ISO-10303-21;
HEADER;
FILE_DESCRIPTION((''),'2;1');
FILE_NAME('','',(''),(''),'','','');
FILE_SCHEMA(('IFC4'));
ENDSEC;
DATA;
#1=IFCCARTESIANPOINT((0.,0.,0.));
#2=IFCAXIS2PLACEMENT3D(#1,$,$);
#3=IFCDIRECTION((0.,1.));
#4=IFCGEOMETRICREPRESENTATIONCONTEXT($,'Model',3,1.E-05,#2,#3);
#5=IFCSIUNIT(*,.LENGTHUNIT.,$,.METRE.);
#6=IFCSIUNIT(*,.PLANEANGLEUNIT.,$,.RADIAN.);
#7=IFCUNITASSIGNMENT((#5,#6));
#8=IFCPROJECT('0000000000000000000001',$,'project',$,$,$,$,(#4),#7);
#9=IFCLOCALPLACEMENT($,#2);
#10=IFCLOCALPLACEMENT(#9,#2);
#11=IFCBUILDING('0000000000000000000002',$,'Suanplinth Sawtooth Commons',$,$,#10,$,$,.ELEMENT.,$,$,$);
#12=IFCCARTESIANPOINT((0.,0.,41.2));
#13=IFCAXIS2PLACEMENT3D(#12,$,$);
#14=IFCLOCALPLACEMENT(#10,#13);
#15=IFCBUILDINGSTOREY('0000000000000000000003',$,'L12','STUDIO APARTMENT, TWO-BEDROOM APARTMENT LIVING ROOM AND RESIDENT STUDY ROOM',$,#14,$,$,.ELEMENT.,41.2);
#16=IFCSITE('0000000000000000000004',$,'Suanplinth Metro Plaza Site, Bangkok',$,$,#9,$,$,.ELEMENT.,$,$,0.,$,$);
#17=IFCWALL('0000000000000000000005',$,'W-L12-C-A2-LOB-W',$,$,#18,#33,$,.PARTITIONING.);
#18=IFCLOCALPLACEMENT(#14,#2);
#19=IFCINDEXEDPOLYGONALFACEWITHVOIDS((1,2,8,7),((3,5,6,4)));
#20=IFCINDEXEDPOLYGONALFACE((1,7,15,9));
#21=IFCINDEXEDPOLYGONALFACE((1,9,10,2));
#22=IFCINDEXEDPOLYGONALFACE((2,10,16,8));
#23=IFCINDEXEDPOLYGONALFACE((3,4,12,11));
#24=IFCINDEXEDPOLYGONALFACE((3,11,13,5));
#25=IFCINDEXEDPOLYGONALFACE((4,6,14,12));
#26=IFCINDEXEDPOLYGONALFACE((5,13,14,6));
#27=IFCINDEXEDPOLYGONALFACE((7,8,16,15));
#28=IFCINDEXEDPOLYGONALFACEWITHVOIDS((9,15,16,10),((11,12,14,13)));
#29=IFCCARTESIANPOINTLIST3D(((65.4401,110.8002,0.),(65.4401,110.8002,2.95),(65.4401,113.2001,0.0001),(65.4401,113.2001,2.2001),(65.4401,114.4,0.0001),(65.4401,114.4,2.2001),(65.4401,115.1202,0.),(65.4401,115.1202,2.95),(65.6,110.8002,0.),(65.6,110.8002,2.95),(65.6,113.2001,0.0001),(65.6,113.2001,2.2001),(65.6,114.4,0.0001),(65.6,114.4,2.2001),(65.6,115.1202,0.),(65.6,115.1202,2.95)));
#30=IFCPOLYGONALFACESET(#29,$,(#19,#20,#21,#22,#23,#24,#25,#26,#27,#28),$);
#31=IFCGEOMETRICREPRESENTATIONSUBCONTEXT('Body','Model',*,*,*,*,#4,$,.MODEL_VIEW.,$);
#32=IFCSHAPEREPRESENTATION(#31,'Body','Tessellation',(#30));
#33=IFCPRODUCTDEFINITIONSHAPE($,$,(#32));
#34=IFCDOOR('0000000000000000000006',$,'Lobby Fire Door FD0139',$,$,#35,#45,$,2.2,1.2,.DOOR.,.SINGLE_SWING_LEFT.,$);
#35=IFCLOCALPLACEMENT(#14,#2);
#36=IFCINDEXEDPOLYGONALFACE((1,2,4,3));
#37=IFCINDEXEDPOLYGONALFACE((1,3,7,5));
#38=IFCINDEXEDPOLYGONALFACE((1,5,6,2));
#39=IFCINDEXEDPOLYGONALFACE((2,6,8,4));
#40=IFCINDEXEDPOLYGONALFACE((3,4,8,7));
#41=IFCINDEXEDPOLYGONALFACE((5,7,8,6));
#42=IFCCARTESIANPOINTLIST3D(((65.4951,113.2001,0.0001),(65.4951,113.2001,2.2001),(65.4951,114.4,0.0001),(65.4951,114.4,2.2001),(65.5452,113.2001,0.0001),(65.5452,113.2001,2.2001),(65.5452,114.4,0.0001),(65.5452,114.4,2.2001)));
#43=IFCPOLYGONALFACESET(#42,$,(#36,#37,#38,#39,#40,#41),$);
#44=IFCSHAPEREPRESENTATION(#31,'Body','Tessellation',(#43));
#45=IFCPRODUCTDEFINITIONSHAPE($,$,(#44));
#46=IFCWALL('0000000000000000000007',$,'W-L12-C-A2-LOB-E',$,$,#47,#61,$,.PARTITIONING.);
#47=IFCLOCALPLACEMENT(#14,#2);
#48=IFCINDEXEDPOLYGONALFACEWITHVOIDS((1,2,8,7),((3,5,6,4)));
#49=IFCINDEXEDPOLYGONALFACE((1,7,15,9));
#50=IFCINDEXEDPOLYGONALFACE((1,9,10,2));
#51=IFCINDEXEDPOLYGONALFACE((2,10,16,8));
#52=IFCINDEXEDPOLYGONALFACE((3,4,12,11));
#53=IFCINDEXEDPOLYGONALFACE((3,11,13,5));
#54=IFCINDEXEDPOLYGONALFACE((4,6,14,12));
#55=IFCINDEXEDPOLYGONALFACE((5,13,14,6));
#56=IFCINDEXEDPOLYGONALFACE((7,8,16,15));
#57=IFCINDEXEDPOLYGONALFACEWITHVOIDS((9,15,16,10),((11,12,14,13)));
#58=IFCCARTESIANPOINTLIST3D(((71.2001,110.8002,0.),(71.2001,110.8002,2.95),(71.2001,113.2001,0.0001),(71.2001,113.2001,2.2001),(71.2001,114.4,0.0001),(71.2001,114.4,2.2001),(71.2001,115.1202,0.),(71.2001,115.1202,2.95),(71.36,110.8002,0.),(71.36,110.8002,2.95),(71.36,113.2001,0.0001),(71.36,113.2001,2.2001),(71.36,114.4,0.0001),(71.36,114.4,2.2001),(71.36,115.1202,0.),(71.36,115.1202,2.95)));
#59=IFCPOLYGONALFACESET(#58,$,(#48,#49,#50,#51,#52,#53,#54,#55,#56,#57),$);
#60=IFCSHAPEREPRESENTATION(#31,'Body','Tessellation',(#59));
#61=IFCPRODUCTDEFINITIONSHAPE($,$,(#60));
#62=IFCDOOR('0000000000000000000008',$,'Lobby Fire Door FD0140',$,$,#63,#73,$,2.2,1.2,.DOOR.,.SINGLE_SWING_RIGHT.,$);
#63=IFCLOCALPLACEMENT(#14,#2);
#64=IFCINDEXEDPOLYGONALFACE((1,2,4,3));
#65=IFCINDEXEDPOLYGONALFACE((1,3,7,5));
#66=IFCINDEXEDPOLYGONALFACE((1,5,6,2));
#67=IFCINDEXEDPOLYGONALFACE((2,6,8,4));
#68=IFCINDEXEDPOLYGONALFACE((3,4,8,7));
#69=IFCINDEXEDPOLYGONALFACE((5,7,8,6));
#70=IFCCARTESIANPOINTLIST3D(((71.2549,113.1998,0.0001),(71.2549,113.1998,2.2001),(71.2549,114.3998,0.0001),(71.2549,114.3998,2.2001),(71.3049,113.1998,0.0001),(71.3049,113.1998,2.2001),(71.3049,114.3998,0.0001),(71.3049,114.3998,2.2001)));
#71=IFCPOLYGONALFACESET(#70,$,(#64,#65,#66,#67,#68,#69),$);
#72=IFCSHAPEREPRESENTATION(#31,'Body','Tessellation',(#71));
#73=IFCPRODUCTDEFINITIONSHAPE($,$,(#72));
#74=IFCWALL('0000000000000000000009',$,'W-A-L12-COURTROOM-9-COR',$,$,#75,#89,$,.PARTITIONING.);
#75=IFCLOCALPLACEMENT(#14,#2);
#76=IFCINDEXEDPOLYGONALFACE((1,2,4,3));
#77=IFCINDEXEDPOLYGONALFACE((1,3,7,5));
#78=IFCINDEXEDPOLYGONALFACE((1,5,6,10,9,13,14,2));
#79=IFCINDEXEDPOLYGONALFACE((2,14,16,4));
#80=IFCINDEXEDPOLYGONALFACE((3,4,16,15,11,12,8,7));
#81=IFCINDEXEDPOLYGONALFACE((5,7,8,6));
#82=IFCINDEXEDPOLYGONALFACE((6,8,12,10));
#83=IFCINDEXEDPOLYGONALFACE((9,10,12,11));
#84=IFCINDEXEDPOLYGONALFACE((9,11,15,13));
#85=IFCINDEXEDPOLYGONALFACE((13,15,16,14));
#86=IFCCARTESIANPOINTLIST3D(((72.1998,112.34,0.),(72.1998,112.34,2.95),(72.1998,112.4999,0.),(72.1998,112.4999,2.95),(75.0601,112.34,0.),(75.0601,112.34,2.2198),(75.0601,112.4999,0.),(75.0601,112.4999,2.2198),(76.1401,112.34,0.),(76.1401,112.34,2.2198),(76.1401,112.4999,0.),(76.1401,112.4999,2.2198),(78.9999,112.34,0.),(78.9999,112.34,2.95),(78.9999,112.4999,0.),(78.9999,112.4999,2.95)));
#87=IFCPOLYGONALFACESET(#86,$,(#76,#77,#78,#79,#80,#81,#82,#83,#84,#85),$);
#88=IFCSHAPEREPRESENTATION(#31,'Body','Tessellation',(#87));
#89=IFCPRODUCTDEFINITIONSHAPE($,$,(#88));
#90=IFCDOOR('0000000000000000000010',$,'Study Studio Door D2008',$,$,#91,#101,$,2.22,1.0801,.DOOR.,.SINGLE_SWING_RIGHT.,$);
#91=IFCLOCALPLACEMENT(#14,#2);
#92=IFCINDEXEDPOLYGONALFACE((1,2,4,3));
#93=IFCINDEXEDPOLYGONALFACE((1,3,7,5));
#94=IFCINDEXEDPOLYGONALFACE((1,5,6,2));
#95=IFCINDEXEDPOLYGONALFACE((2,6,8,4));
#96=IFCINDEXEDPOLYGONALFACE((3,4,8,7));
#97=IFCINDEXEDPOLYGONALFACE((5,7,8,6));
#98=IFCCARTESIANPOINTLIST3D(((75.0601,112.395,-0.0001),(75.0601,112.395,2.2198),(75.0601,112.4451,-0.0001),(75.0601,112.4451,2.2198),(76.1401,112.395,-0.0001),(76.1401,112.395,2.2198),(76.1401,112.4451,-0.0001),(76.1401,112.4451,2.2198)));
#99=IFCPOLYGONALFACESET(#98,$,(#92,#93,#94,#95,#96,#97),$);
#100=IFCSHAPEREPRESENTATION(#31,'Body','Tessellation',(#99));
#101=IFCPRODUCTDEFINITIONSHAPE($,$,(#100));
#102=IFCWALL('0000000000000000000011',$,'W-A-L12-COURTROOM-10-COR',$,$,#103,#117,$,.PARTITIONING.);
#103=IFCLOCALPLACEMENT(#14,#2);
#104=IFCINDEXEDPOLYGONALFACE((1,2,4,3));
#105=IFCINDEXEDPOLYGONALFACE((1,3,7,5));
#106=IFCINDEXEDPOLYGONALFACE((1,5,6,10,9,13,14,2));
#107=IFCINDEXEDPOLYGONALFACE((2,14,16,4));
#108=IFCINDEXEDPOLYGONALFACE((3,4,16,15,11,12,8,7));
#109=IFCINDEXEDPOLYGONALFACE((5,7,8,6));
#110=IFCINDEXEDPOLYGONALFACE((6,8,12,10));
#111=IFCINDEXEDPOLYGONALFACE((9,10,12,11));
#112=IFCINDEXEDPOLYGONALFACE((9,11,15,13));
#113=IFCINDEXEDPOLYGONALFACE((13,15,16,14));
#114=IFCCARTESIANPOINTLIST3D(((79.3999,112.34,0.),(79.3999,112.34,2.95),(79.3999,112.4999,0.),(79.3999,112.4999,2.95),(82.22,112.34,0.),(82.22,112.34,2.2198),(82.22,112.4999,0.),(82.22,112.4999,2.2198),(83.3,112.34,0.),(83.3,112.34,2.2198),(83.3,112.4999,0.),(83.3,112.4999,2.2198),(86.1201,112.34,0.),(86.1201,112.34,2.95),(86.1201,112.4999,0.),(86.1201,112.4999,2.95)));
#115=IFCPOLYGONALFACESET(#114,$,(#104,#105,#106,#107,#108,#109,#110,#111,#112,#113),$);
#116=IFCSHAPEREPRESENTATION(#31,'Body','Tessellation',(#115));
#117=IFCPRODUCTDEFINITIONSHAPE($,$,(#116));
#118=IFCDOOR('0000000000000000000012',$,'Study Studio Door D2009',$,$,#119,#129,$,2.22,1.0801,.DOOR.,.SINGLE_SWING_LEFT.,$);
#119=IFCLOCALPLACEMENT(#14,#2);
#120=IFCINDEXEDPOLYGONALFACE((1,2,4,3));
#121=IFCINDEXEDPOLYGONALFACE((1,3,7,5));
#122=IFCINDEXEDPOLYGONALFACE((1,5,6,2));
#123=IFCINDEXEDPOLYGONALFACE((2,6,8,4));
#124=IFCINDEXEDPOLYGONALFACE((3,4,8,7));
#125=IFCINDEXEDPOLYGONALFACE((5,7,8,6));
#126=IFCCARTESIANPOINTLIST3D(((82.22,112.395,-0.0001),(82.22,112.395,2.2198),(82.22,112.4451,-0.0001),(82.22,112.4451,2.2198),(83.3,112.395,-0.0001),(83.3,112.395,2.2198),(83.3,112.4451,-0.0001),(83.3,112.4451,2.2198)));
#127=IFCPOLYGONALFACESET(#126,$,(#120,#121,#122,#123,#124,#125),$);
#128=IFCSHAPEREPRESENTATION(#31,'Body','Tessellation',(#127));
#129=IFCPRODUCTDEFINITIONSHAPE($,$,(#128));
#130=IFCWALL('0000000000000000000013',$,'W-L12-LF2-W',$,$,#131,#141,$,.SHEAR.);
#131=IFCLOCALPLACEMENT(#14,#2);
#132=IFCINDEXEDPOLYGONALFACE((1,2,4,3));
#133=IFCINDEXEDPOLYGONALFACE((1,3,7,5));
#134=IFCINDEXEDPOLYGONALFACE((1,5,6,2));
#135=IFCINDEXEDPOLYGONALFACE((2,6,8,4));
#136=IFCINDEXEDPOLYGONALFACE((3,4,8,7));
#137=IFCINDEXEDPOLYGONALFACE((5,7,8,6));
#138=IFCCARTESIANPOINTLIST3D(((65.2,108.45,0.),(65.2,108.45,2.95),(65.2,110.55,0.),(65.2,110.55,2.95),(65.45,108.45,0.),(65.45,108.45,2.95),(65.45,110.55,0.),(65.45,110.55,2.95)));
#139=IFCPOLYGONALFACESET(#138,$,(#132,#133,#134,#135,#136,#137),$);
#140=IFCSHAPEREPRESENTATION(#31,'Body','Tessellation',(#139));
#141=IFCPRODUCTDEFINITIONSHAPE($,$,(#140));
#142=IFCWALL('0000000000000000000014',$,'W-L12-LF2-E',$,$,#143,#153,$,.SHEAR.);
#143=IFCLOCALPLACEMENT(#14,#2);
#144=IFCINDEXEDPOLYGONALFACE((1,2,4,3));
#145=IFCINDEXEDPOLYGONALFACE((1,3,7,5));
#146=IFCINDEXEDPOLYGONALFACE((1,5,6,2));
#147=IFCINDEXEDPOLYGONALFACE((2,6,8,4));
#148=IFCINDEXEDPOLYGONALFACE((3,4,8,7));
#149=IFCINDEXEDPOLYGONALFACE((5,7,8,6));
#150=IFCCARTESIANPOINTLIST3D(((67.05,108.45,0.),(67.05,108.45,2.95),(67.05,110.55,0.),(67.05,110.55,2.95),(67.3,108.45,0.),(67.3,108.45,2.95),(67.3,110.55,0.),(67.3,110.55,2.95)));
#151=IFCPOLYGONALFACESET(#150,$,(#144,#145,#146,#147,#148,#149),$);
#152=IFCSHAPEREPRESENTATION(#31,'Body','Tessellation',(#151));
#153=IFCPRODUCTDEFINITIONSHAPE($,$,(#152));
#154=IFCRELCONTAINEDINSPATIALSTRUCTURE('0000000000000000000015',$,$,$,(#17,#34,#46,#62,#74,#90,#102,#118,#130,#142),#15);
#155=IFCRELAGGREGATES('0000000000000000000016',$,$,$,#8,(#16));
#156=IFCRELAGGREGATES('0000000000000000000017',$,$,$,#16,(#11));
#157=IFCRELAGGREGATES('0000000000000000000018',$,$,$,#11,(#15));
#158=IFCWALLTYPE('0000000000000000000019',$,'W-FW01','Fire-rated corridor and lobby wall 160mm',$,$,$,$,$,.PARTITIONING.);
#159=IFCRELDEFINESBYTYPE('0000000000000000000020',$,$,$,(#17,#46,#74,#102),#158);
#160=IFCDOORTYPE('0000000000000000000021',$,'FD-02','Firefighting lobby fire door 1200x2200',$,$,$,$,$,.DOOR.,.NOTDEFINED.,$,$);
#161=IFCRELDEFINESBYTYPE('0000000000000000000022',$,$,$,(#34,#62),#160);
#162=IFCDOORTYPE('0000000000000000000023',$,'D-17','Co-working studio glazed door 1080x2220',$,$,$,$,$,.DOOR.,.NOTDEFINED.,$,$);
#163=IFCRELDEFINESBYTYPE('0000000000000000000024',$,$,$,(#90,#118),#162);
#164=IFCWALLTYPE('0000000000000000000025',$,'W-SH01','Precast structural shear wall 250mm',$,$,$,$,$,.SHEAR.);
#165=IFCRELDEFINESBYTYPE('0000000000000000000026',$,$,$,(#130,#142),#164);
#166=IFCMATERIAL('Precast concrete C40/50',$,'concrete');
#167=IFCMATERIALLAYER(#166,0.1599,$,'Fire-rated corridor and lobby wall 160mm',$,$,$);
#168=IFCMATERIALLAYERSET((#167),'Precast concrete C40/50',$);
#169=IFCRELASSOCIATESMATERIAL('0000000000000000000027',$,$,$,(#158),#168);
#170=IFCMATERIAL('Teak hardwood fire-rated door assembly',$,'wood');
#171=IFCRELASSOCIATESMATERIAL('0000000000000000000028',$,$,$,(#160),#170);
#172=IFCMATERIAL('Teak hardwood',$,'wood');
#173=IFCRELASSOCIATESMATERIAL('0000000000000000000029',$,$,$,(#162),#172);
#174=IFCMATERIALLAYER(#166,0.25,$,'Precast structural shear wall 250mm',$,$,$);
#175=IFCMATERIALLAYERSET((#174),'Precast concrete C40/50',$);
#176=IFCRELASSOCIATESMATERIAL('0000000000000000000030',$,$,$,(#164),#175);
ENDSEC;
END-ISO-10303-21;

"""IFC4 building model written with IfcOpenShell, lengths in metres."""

from ifc_helpers import new_model, si_unit, direction, frame, frame_2d, origin, place, context, subcontext, project, spatial, rectangle, extrude, material, layer, layer_set, type_object, element, fill, save


model = new_model("IFC4")

# Units and contexts
model_context = context("Model", 3, precision=1e-05, world=origin(), true_north=direction((0.0, 1.0)))
body_context = subcontext(model_context, "Body", "Model", "MODEL_VIEW")
ifc_project = project(units=[si_unit("LENGTHUNIT", "METRE"), si_unit("PLANEANGLEUNIT", "RADIAN")], contexts=[model_context])

# Site, building, storey
site_placement = place(None, origin())
site = spatial("IfcSite", under=ifc_project, at=site_placement, Name="Suanplinth Metro Plaza Site, Bangkok", CompositionType="ELEMENT", RefElevation=0.0)
building_placement = place(site_placement, origin())
building = spatial("IfcBuilding", under=site, at=building_placement, Name="Suanplinth Sawtooth Commons", CompositionType="ELEMENT")
storey_placement = place(building_placement, frame((0.0, 0.0, 41.2)))
storey = spatial("IfcBuildingStorey", under=building, at=storey_placement, Name="L12", Description="STUDIO APARTMENT, TWO-BEDROOM APARTMENT LIVING ROOM AND RESIDENT STUDY ROOM", CompositionType="ELEMENT", Elevation=41.2)

# Shared definitions
ifc_material_1 = material(Name="Precast concrete C40/50", Category="concrete")

# Walls, openings, doors
ifc_layer_1 = layer(ifc_material_1, 0.1599, Name="Fire-rated corridor and lobby wall 160mm")
ifc_layer_set_1 = layer_set([ifc_layer_1], Name="Precast concrete C40/50")
wall_type_1 = type_object("IfcWallType", Name="W-FW01", Description="Fire-rated corridor and lobby wall 160mm", PredefinedType="PARTITIONING", material=ifc_layer_set_1)
wall_1_placement = place(storey_placement, frame((65.52, 110.8, 0.0), z_axis=(0.0, 0.0, 1.0), x_axis=(0.0, 1.0, 0.0)))
wall_1 = element("IfcWall", 1, at=wall_1_placement, inside=storey, type_object=wall_type_1, Name="W-L12-C-A2-LOB-W", PredefinedType="PARTITIONING", context=body_context, shape_type="SweptSolid", body=[
    extrude(rectangle(XDim=4.3201, YDim=0.1599, at=frame_2d((2.1602, 0.0))), origin(), (0.0, 0.0, 1.0), 2.95),
])
opening_1_placement = place(wall_1_placement, frame((2.3999, 0.0, 0.0)))
opening_1 = element("IfcOpeningElement", 2, at=opening_1_placement, cuts=wall_1, PredefinedType="OPENING", context=body_context, shape_type="SweptSolid", body=[
    extrude(rectangle(XDim=1.2, YDim=2.2, at=frame_2d((0.6001, 1.1001))), frame((0.0, 0.0947, 0.0), z_axis=(0.0, -1.0, 0.0), x_axis=(1.0, 0.0, 0.0)), (0.0, 0.0, 1.0), 0.1897),
])
ifc_material_2 = material(Name="Teak hardwood fire-rated door assembly", Category="wood")
door_type_1 = type_object("IfcDoorType", Name="FD-02", Description="Firefighting lobby fire door 1200x2200", OperationType="NOTDEFINED", PredefinedType="DOOR", material=ifc_material_2)
door_1_placement = place(opening_1_placement, origin())
door_1 = element("IfcDoor", 3, at=door_1_placement, inside=storey, type_object=door_type_1, Name="Lobby Fire Door FD0139", OperationType="SINGLE_SWING_LEFT", OverallHeight=2.2, OverallWidth=1.2, PredefinedType="DOOR", context=body_context, shape_type="SweptSolid", body=[
    extrude(rectangle(XDim=1.2, YDim=2.2, at=frame_2d((0.6001, 1.1001))), frame((0.0, 0.0249, 0.0), z_axis=(0.0, -1.0, 0.0), x_axis=(1.0, 0.0, 0.0)), (0.0, 0.0, 1.0), 0.05),
])
fill(opening_1, door_1)
wall_2_placement = place(storey_placement, frame((71.28, 110.8, 0.0), z_axis=(0.0, 0.0, 1.0), x_axis=(0.0, 1.0, 0.0)))
wall_2 = element("IfcWall", 4, at=wall_2_placement, inside=storey, type_object=wall_type_1, Name="W-L12-C-A2-LOB-E", PredefinedType="PARTITIONING", context=body_context, shape_type="SweptSolid", body=[
    extrude(rectangle(XDim=4.3201, YDim=0.1599, at=frame_2d((2.1602, 0.0))), origin(), (0.0, 0.0, 1.0), 2.95),
])
opening_2_placement = place(wall_2_placement, frame((2.3999, 0.0, 0.0)))
opening_2 = element("IfcOpeningElement", 5, at=opening_2_placement, cuts=wall_2, PredefinedType="OPENING", context=body_context, shape_type="SweptSolid", body=[
    extrude(rectangle(XDim=1.2, YDim=2.2, at=frame_2d((0.6001, 1.1001))), frame((0.0, 0.0947, 0.0), z_axis=(0.0, -1.0, 0.0), x_axis=(1.0, 0.0, 0.0)), (0.0, 0.0, 1.0), 0.1897),
])
door_2_placement = place(opening_2_placement, frame((1.2, 0.0, 0.0), z_axis=(0.0, 0.0, 1.0), x_axis=(-1.0, 0.0, 0.0)))
door_2 = element("IfcDoor", 6, at=door_2_placement, inside=storey, type_object=door_type_1, Name="Lobby Fire Door FD0140", OperationType="SINGLE_SWING_RIGHT", OverallHeight=2.2, OverallWidth=1.2, PredefinedType="DOOR", context=body_context, shape_type="SweptSolid", body=[
    extrude(rectangle(XDim=1.2, YDim=2.2, at=frame_2d((0.6001, 1.1001))), frame((0.0, 0.0249, 0.0), z_axis=(0.0, -1.0, 0.0), x_axis=(1.0, 0.0, 0.0)), (0.0, 0.0, 1.0), 0.05),
])
fill(opening_2, door_2)
wall_3_placement = place(storey_placement, frame((72.2, 112.4199, 0.0), z_axis=(0.0, 0.0, 1.0), x_axis=(1.0, 0.0, 0.0)))
wall_3 = element("IfcWall", 7, at=wall_3_placement, inside=storey, type_object=wall_type_1, Name="W-A-L12-COURTROOM-9-COR", PredefinedType="PARTITIONING", context=body_context, shape_type="SweptSolid", body=[
    extrude(rectangle(XDim=6.8, YDim=0.1599, at=frame_2d((3.3999, 0.0))), origin(), (0.0, 0.0, 1.0), 2.95),
])
opening_3_placement = place(wall_3_placement, frame((2.8601, 0.0, 0.0)))
opening_3 = element("IfcOpeningElement", 8, at=opening_3_placement, cuts=wall_3, PredefinedType="OPENING", context=body_context, shape_type="SweptSolid", body=[
    extrude(rectangle(XDim=1.0801, YDim=2.22, at=frame_2d((0.54, 1.1099))), frame((0.0, 0.0947, 0.0), z_axis=(0.0, -1.0, 0.0), x_axis=(1.0, 0.0, 0.0)), (0.0, 0.0, 1.0), 0.1897),
])
ifc_material_3 = material(Name="Teak hardwood", Category="wood")
door_type_2 = type_object("IfcDoorType", Name="D-17", Description="Co-working studio glazed door 1080x2220", OperationType="NOTDEFINED", PredefinedType="DOOR", material=ifc_material_3)
door_3_placement = place(opening_3_placement, frame((1.0801, 0.0, 0.0), z_axis=(0.0, 0.0, 1.0), x_axis=(-1.0, 0.0, 0.0)))
door_3 = element("IfcDoor", 9, at=door_3_placement, inside=storey, type_object=door_type_2, Name="Study Studio Door D2008", OperationType="SINGLE_SWING_RIGHT", OverallHeight=2.22, OverallWidth=1.0801, PredefinedType="DOOR", context=body_context, shape_type="SweptSolid", body=[
    extrude(rectangle(XDim=1.0801, YDim=2.22, at=frame_2d((0.54, 1.1099))), frame((0.0, 0.0249, 0.0), z_axis=(0.0, -1.0, 0.0), x_axis=(1.0, 0.0, 0.0)), (0.0, 0.0, 1.0), 0.05),
])
fill(opening_3, door_3)
wall_4_placement = place(storey_placement, frame((79.3999, 112.4199, 0.0), z_axis=(0.0, 0.0, 1.0), x_axis=(1.0, 0.0, 0.0)))
wall_4 = element("IfcWall", 10, at=wall_4_placement, inside=storey, type_object=wall_type_1, Name="W-A-L12-COURTROOM-10-COR", PredefinedType="PARTITIONING", context=body_context, shape_type="SweptSolid", body=[
    extrude(rectangle(XDim=6.7202, YDim=0.1599, at=frame_2d((3.3601, 0.0))), origin(), (0.0, 0.0, 1.0), 2.95),
])
opening_4_placement = place(wall_4_placement, frame((2.8201, 0.0, 0.0)))
opening_4 = element("IfcOpeningElement", 11, at=opening_4_placement, cuts=wall_4, PredefinedType="OPENING", context=body_context, shape_type="SweptSolid", body=[
    extrude(rectangle(XDim=1.0801, YDim=2.22, at=frame_2d((0.54, 1.1099))), frame((0.0, 0.0947, 0.0), z_axis=(0.0, -1.0, 0.0), x_axis=(1.0, 0.0, 0.0)), (0.0, 0.0, 1.0), 0.1897),
])
door_4_placement = place(opening_4_placement, frame((1.0801, 0.0, 0.0), z_axis=(0.0, 0.0, 1.0), x_axis=(-1.0, 0.0, 0.0)))
door_4 = element("IfcDoor", 12, at=door_4_placement, inside=storey, type_object=door_type_2, Name="Study Studio Door D2009", OperationType="SINGLE_SWING_LEFT", OverallHeight=2.22, OverallWidth=1.0801, PredefinedType="DOOR", context=body_context, shape_type="SweptSolid", body=[
    extrude(rectangle(XDim=1.0801, YDim=2.22, at=frame_2d((0.54, 1.1099))), frame((0.0, 0.0249, 0.0), z_axis=(0.0, -1.0, 0.0), x_axis=(1.0, 0.0, 0.0)), (0.0, 0.0, 1.0), 0.05),
])
fill(opening_4, door_4)

# Walls
ifc_layer_2 = layer(ifc_material_1, 0.25, Name="Precast structural shear wall 250mm")
ifc_layer_set_2 = layer_set([ifc_layer_2], Name="Precast concrete C40/50")
wall_type_2 = type_object("IfcWallType", Name="W-SH01", Description="Precast structural shear wall 250mm", PredefinedType="SHEAR", material=ifc_layer_set_2)
for number, where, z_axis, x_axis, name in (
    (13, (65.325, 108.45, 0.0), (0.0, 0.0, 1.0), (0.0, 1.0, 0.0), "W-L12-LF2-W"),
    (14, (67.175, 108.45, 0.0), (0.0, 0.0, 1.0), (0.0, 1.0, 0.0), "W-L12-LF2-E"),
):
    element("IfcWall", number, at=place(storey_placement, frame(where, z_axis=z_axis, x_axis=x_axis)), inside=storey, type_object=wall_type_2, Name=name, PredefinedType="SHEAR", context=body_context, shape_type="SweptSolid", body=[
        extrude(rectangle(XDim=2.1001, YDim=0.25, at=frame_2d((1.05, 0.0))), origin(), (0.0, 0.0, 1.0), 2.95),
    ])

save(model, "model.ifc")
